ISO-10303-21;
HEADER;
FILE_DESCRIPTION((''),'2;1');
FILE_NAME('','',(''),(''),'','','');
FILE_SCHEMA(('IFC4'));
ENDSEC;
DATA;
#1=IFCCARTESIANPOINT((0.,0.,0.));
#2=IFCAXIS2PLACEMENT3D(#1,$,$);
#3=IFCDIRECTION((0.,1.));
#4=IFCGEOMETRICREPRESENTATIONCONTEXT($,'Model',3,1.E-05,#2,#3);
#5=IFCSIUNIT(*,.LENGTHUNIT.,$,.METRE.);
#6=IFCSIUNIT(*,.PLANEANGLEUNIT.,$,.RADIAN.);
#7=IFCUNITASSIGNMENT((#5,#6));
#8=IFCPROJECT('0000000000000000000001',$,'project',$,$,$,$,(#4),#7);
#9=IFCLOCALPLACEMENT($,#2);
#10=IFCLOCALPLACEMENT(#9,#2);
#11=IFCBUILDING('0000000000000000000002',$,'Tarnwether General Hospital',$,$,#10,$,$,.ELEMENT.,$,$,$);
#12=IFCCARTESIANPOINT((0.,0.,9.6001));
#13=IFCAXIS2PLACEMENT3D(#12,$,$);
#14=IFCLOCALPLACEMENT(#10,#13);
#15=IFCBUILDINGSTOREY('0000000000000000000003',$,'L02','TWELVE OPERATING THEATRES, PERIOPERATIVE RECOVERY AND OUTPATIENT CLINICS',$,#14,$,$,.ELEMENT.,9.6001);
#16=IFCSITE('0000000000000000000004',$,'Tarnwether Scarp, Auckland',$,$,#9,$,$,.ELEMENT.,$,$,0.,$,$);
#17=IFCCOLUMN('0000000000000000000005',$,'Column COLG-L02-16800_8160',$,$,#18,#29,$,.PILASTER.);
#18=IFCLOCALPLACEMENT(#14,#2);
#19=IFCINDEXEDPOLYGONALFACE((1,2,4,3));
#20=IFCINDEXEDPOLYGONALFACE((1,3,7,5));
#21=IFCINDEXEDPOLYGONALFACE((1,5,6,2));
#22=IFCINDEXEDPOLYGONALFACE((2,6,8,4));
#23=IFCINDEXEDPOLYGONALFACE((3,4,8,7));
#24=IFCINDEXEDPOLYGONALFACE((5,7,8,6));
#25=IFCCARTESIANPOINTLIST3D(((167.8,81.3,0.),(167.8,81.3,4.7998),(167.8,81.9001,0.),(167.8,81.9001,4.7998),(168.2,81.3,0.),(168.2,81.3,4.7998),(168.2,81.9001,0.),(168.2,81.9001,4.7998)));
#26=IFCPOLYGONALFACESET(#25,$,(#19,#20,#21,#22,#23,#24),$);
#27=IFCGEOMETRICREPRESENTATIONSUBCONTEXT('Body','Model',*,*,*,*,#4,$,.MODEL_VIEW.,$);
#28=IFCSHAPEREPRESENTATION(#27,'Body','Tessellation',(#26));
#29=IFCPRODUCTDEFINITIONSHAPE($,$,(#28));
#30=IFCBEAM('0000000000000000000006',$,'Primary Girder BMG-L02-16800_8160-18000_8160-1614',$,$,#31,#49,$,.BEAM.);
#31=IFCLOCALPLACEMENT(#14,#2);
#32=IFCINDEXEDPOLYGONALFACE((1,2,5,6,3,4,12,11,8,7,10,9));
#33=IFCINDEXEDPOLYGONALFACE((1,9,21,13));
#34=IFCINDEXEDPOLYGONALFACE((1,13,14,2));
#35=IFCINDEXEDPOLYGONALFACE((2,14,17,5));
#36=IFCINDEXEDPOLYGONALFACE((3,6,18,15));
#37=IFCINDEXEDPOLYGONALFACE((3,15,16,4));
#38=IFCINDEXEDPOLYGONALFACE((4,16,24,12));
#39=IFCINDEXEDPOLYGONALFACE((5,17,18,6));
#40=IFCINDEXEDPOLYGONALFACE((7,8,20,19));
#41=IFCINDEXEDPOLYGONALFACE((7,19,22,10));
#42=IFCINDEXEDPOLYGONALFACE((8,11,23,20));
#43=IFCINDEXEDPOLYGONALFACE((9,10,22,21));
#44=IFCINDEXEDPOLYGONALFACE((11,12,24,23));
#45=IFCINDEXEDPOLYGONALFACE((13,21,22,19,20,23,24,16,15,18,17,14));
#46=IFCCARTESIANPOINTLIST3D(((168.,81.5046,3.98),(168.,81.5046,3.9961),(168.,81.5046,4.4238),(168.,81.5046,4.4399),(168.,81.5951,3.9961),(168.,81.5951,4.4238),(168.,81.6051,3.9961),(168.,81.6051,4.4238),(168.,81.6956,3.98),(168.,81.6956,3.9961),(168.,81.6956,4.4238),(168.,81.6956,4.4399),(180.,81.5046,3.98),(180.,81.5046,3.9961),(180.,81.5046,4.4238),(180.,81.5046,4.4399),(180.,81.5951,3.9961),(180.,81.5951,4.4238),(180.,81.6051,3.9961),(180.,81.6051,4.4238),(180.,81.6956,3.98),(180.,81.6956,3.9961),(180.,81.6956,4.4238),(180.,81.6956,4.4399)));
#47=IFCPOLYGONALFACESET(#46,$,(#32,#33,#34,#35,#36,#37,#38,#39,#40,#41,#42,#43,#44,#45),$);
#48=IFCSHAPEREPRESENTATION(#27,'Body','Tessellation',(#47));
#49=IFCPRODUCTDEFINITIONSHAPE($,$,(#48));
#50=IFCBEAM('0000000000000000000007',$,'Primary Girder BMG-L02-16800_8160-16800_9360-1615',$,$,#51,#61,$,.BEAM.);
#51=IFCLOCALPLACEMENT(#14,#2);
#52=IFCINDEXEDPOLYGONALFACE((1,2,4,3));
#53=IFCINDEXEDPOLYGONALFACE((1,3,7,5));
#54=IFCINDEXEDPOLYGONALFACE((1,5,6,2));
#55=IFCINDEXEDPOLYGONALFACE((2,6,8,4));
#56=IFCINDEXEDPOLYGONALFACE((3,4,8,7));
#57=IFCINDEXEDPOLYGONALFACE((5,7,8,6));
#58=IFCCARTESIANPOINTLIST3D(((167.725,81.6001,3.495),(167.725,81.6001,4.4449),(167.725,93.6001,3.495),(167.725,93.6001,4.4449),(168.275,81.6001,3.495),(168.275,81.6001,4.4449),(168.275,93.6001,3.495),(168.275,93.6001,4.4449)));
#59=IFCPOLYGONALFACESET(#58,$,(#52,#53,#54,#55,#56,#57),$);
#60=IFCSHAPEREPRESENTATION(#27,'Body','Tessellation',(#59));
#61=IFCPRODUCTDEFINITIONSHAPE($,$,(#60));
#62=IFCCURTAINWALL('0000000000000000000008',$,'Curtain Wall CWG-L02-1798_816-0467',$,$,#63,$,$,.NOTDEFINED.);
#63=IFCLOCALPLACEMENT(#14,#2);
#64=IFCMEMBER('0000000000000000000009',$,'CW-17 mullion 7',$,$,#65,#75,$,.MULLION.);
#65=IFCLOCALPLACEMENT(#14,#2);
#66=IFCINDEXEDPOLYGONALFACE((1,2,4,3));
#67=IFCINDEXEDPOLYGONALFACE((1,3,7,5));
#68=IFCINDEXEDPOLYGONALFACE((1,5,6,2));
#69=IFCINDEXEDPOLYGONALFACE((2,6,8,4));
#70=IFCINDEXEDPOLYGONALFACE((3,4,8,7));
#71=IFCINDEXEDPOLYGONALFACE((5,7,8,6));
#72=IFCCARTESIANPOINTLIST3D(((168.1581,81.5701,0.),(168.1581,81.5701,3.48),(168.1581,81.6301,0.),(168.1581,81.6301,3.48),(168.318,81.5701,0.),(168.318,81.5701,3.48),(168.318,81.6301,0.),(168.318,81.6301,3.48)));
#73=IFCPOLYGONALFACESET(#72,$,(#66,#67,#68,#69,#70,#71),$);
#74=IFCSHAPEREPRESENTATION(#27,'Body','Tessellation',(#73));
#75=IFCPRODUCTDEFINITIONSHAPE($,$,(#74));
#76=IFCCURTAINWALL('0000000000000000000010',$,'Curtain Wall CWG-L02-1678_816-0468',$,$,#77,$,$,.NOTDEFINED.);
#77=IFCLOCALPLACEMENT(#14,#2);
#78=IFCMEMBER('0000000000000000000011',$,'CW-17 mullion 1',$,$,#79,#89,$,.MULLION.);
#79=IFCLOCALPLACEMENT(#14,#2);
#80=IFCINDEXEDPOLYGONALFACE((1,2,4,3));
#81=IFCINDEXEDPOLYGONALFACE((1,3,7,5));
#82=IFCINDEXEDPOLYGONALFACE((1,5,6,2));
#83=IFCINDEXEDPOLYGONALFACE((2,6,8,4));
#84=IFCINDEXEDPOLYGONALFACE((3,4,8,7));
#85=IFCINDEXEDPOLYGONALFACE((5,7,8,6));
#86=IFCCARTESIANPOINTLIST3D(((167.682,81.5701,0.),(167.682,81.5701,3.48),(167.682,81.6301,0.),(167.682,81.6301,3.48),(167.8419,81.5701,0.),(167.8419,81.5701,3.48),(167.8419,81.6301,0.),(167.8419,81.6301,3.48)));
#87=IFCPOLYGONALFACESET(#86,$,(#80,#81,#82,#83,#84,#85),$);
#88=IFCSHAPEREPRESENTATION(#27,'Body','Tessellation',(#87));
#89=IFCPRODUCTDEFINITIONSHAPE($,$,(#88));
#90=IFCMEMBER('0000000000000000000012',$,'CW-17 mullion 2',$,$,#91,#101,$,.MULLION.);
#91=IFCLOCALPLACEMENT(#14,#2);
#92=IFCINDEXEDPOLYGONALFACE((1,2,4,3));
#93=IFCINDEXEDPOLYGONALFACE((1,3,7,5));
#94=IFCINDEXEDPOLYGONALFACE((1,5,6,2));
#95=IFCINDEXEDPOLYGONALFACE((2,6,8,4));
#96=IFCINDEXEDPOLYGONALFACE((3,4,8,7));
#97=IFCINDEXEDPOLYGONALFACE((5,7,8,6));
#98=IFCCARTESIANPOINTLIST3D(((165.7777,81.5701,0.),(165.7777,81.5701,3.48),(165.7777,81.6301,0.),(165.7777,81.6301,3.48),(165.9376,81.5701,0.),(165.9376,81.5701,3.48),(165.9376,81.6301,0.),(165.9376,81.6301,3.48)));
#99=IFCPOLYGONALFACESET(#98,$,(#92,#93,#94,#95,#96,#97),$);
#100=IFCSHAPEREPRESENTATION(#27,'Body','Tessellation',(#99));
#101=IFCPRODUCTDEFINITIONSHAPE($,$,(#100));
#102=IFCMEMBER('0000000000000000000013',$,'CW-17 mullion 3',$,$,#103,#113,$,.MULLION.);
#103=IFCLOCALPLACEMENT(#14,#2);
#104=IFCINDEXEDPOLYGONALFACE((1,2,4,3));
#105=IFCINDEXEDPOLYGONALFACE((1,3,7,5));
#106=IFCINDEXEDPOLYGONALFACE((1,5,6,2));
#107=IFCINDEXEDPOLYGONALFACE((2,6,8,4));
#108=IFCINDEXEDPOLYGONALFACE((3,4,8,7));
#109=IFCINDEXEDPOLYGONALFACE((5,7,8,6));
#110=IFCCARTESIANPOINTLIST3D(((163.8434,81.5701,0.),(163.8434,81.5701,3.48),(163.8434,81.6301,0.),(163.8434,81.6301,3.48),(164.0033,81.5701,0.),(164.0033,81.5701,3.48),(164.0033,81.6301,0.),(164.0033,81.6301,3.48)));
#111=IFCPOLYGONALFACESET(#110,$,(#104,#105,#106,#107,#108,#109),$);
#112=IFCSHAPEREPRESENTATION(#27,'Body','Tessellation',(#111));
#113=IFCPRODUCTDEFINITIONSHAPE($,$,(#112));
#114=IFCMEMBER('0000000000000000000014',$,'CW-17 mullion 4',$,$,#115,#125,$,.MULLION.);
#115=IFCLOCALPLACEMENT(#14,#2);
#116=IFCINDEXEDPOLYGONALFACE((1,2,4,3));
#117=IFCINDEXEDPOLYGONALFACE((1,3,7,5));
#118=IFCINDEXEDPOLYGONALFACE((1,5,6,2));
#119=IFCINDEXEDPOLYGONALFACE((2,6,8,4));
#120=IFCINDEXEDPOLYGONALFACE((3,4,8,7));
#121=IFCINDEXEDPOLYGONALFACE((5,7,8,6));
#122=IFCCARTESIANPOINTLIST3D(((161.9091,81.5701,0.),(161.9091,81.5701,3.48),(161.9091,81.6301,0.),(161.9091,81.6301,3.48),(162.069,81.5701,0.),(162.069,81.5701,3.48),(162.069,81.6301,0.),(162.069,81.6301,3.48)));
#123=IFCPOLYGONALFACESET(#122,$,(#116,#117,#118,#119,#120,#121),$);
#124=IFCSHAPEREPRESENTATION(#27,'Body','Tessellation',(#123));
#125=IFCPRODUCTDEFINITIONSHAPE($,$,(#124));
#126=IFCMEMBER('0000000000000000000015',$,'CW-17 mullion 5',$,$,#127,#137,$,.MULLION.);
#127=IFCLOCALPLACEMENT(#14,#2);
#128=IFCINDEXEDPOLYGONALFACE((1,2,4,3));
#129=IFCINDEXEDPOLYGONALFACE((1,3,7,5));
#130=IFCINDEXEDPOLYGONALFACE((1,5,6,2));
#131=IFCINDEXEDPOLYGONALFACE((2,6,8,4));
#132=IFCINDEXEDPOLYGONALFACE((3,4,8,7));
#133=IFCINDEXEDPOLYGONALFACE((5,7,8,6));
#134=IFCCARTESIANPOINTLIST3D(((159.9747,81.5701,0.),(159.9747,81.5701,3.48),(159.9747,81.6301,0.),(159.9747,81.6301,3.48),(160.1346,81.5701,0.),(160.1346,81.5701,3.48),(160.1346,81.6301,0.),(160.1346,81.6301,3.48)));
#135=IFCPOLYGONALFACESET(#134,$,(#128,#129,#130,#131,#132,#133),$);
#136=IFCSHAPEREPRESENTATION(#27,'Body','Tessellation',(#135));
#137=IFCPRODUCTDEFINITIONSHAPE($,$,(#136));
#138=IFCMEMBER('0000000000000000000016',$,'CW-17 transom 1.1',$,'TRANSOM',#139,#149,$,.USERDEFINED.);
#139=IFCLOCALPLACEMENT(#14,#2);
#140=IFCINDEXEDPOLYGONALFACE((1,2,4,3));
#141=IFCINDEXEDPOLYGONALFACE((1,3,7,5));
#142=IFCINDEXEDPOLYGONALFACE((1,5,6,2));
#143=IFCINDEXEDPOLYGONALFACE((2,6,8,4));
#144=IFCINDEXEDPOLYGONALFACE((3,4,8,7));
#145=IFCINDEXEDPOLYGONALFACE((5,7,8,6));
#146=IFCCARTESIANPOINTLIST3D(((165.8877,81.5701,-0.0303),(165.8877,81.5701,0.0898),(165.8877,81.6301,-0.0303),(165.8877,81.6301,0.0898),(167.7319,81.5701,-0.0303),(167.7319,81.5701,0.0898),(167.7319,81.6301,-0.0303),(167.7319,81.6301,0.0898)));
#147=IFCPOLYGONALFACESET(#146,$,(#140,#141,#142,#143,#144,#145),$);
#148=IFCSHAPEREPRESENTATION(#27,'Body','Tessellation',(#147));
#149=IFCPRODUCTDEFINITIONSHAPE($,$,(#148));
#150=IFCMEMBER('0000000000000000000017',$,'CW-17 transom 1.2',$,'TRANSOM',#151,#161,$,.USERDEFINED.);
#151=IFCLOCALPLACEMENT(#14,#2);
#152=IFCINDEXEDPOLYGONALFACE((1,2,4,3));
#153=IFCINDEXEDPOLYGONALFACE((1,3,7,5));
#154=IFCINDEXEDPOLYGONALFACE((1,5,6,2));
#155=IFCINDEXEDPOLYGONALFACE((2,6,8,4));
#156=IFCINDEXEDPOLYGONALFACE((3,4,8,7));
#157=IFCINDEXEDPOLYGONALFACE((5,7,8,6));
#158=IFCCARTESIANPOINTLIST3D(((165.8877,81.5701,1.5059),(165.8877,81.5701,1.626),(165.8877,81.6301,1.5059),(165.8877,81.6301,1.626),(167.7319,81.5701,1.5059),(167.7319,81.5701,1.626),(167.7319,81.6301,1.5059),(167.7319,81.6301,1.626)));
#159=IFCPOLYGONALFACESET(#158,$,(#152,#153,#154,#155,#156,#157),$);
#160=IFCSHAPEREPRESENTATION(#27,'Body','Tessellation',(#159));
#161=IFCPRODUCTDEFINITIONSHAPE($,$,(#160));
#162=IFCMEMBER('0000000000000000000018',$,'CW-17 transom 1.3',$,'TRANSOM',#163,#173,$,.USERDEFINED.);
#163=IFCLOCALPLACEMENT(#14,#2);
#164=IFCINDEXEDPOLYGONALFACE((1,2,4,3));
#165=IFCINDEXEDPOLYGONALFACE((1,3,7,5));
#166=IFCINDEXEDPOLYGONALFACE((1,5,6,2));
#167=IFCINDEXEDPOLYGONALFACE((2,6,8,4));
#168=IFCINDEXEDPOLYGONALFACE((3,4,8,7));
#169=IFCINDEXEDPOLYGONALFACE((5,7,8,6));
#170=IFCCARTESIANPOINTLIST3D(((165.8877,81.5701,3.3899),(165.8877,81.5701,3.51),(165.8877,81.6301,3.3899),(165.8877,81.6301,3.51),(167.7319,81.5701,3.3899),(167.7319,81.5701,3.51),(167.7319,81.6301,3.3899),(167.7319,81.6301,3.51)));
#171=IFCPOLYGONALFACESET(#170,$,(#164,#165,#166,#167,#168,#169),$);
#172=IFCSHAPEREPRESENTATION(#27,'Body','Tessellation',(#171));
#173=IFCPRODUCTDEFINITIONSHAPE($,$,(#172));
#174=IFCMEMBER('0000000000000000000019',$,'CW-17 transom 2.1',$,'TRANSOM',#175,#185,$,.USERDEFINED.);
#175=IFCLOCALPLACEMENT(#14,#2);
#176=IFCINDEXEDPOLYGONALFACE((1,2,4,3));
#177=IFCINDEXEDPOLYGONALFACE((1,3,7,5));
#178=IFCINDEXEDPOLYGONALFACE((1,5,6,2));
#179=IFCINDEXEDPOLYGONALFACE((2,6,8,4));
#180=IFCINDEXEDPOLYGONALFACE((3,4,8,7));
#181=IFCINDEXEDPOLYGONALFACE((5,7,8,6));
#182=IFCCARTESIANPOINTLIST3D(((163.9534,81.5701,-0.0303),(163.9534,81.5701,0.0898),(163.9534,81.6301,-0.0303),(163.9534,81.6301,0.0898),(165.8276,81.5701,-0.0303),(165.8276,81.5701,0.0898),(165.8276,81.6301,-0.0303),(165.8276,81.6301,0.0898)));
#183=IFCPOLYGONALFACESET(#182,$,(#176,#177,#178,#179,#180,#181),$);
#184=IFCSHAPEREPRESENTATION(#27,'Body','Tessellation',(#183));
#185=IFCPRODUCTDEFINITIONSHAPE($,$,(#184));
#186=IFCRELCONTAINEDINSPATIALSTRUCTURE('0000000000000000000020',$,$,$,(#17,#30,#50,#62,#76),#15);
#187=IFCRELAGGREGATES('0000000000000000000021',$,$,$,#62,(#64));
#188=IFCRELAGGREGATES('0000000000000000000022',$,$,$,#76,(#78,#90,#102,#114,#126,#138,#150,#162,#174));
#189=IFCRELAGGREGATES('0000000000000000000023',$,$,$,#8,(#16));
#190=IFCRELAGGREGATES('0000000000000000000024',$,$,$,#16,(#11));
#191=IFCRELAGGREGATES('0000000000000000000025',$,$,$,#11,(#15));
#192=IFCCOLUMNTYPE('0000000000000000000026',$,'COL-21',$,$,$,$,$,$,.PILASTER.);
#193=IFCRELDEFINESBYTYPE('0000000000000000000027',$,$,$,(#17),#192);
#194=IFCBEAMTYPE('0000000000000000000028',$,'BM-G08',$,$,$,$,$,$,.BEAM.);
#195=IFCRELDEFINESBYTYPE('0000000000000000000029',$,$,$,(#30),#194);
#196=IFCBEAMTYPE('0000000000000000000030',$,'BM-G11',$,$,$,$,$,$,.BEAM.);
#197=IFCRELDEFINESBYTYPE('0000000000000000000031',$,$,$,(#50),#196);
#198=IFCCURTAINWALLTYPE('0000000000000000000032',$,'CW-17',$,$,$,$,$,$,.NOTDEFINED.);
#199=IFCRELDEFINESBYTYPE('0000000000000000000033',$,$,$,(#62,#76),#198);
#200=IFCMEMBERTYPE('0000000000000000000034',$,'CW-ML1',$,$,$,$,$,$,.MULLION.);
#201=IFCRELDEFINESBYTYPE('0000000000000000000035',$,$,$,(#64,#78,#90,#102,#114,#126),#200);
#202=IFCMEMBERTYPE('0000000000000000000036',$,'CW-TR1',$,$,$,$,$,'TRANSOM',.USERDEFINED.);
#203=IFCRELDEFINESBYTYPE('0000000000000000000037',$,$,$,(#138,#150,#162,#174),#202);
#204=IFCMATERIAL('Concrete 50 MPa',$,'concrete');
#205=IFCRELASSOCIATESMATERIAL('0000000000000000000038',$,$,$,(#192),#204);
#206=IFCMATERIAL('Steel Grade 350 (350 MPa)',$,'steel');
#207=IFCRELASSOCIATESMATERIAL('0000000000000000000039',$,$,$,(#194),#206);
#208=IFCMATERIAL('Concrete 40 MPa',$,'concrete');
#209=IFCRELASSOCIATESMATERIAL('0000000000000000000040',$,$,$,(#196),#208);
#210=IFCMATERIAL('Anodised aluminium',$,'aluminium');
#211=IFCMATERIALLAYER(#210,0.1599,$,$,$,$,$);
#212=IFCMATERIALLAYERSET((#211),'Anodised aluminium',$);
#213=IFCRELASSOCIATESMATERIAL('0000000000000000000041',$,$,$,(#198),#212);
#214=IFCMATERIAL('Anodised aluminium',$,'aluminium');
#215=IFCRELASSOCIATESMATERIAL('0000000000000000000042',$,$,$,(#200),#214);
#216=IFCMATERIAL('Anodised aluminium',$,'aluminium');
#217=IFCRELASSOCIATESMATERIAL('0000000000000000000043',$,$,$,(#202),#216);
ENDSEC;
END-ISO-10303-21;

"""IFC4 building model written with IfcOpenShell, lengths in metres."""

from ifc_helpers import new_model, si_unit, direction, frame, origin, origin_2d, place, context, subcontext, project, spatial, rectangle, i_section, extrude, material, layer, layer_set, material_profile, profile_set, type_object, element, aggregate, save


model = new_model("IFC4")

# Units and contexts
model_context = context("Model", 3, precision=1e-05, world=origin(), true_north=direction((0.0, 1.0)))
body_context = subcontext(model_context, "Body", "Model", "MODEL_VIEW")
ifc_project = project(units=[si_unit("LENGTHUNIT", "METRE"), si_unit("PLANEANGLEUNIT", "RADIAN")], contexts=[model_context])

# Site, building, storey
site_placement = place(None, origin())
site = spatial("IfcSite", under=ifc_project, at=site_placement, Name="Tarnwether Scarp, Auckland", CompositionType="ELEMENT", RefElevation=0.0)
building_placement = place(site_placement, origin())
building = spatial("IfcBuilding", under=site, at=building_placement, Name="Tarnwether General Hospital", CompositionType="ELEMENT")
storey_placement = place(building_placement, frame((0.0, 0.0, 9.6001)))
storey = spatial("IfcBuildingStorey", under=building, at=storey_placement, Name="L02", Description="TWELVE OPERATING THEATRES, PERIOPERATIVE RECOVERY AND OUTPATIENT CLINICS", CompositionType="ELEMENT", Elevation=9.6001)

# Column
ifc_material_1 = material(Name="Concrete 50 MPa", Category="concrete")
ifc_material_profile_1 = material_profile(ifc_material_1, rectangle(XDim=0.3999, YDim=0.6001, at=origin_2d()), Name="RC-PIL-400x600")
ifc_profile_set_1 = profile_set([ifc_material_profile_1], Name="Concrete 50 MPa")
column_type = type_object("IfcColumnType", Name="COL-21", PredefinedType="PILASTER", material=ifc_profile_set_1)
column_placement = place(storey_placement, frame((168.0, 81.6001, 0.0), z_axis=(0.0, 0.0, 1.0), x_axis=(1.0, 0.0, 0.0)))
element("IfcColumn", 1, at=column_placement, inside=storey, type_object=column_type, Name="Column COLG-L02-16800_8160", PredefinedType="PILASTER", context=body_context, shape_type="SweptSolid", body=[
    extrude(rectangle(XDim=0.3999, YDim=0.6001, at=origin_2d()), origin(), (0.0, 0.0, 1.0), 4.7998),
])

# Beams
ifc_material_2 = material(Name="Steel Grade 350 (350 MPa)", Category="steel")
ifc_material_profile_2 = material_profile(ifc_material_2, i_section(OverallWidth=0.1909, OverallDepth=0.46, WebThickness=0.01, FlangeThickness=0.0161, at=origin_2d()), Name="460UB82.1")
ifc_profile_set_2 = profile_set([ifc_material_profile_2], Name="Steel Grade 350 (350 MPa)")
beam_type_1 = type_object("IfcBeamType", Name="BM-G08", PredefinedType="BEAM", material=ifc_profile_set_2)
beam_1_placement = place(storey_placement, frame((168.0, 81.6001, 4.21), z_axis=(1.0, 0.0, 0.0), x_axis=(0.0, 1.0, 0.0)))
element("IfcBeam", 2, at=beam_1_placement, inside=storey, type_object=beam_type_1, Name="Primary Girder BMG-L02-16800_8160-18000_8160-1614", PredefinedType="BEAM", context=body_context, shape_type="SweptSolid", body=[
    extrude(i_section(OverallWidth=0.1909, OverallDepth=0.46, WebThickness=0.01, FlangeThickness=0.0161, at=origin_2d()), origin(), (0.0, 0.0, 1.0), 12.0),
])
ifc_material_3 = material(Name="Concrete 40 MPa", Category="concrete")
ifc_material_profile_3 = material_profile(ifc_material_3, rectangle(XDim=0.55, YDim=0.95, at=origin_2d()), Name="RC-BM-550x950")
ifc_profile_set_3 = profile_set([ifc_material_profile_3], Name="Concrete 40 MPa")
beam_type_2 = type_object("IfcBeamType", Name="BM-G11", PredefinedType="BEAM", material=ifc_profile_set_3)
beam_2_placement = place(storey_placement, frame((168.0, 81.6001, 3.97), z_axis=(0.0, 1.0, 0.0), x_axis=(-1.0, 0.0, 0.0)))
element("IfcBeam", 3, at=beam_2_placement, inside=storey, type_object=beam_type_2, Name="Primary Girder BMG-L02-16800_8160-16800_9360-1615", PredefinedType="BEAM", context=body_context, shape_type="SweptSolid", body=[
    extrude(rectangle(XDim=0.55, YDim=0.95, at=origin_2d()), origin(), (0.0, 0.0, 1.0), 12.0),
])

# Curtain wall, member
ifc_material_4 = material(Name="Anodised aluminium", Category="aluminium")
ifc_layer_1 = layer(ifc_material_4, 0.1599)
ifc_layer_set_1 = layer_set([ifc_layer_1], Name="Anodised aluminium")
curtain_wall_type = type_object("IfcCurtainWallType", Name="CW-17", PredefinedType="NOTDEFINED", material=ifc_layer_set_1)
curtain_wall_1_placement = place(storey_placement, origin())
curtain_wall_1 = element("IfcCurtainWall", 4, at=curtain_wall_1_placement, inside=storey, type_object=curtain_wall_type, Name="Curtain Wall CWG-L02-1798_816-0467", PredefinedType="NOTDEFINED")
ifc_material_5 = material(Name="Anodised aluminium", Category="aluminium")
ifc_material_profile_4 = material_profile(ifc_material_5, rectangle(XDim=0.0601, YDim=0.1599, at=origin_2d()), Name="ALU-MUL-60x160")
ifc_profile_set_4 = profile_set([ifc_material_profile_4], Name="Anodised aluminium")
member_type_1 = type_object("IfcMemberType", Name="CW-ML1", PredefinedType="MULLION", material=ifc_profile_set_4)
member_1_placement = place(storey_placement, frame((168.238, 81.6001, 0.0), z_axis=(0.0, 0.0, 1.0), x_axis=(0.0, -1.0, 0.0)))
member_1 = element("IfcMember", 5, at=member_1_placement, type_object=member_type_1, Name="CW-17 mullion 7", PredefinedType="MULLION", context=body_context, shape_type="SweptSolid", body=[
    extrude(rectangle(XDim=0.0601, YDim=0.1599, at=origin_2d()), origin(), (0.0, 0.0, 1.0), 3.48),
])
aggregate(curtain_wall_1, [member_1])

# Curtain wall, members
curtain_wall_2_placement = place(storey_placement, origin())
curtain_wall_2 = element("IfcCurtainWall", 6, at=curtain_wall_2_placement, inside=storey, type_object=curtain_wall_type, Name="Curtain Wall CWG-L02-1678_816-0468", PredefinedType="NOTDEFINED")
member_2_placement = place(storey_placement, frame((167.762, 81.6001, 0.0), z_axis=(0.0, 0.0, 1.0), x_axis=(0.0, -1.0, 0.0)))
member_2 = element("IfcMember", 7, at=member_2_placement, type_object=member_type_1, Name="CW-17 mullion 1", PredefinedType="MULLION", context=body_context, shape_type="SweptSolid", body=[
    extrude(rectangle(XDim=0.0601, YDim=0.1599, at=origin_2d()), origin(), (0.0, 0.0, 1.0), 3.48),
])
member_3_placement = place(storey_placement, frame((165.8577, 81.6001, 0.0), z_axis=(0.0, 0.0, 1.0), x_axis=(0.0, -1.0, 0.0)))
member_3 = element("IfcMember", 8, at=member_3_placement, type_object=member_type_1, Name="CW-17 mullion 2", PredefinedType="MULLION", context=body_context, shape_type="SweptSolid", body=[
    extrude(rectangle(XDim=0.0601, YDim=0.1599, at=origin_2d()), origin(), (0.0, 0.0, 1.0), 3.48),
])
member_4_placement = place(storey_placement, frame((163.9233, 81.6001, 0.0), z_axis=(0.0, 0.0, 1.0), x_axis=(0.0, -1.0, 0.0)))
member_4 = element("IfcMember", 9, at=member_4_placement, type_object=member_type_1, Name="CW-17 mullion 3", PredefinedType="MULLION", context=body_context, shape_type="SweptSolid", body=[
    extrude(rectangle(XDim=0.0601, YDim=0.1599, at=origin_2d()), origin(), (0.0, 0.0, 1.0), 3.48),
])
member_5_placement = place(storey_placement, frame((161.989, 81.6001, 0.0), z_axis=(0.0, 0.0, 1.0), x_axis=(0.0, -1.0, 0.0)))
member_5 = element("IfcMember", 10, at=member_5_placement, type_object=member_type_1, Name="CW-17 mullion 4", PredefinedType="MULLION", context=body_context, shape_type="SweptSolid", body=[
    extrude(rectangle(XDim=0.0601, YDim=0.1599, at=origin_2d()), origin(), (0.0, 0.0, 1.0), 3.48),
])
member_6_placement = place(storey_placement, frame((160.0547, 81.6001, 0.0), z_axis=(0.0, 0.0, 1.0), x_axis=(0.0, -1.0, 0.0)))
member_6 = element("IfcMember", 11, at=member_6_placement, type_object=member_type_1, Name="CW-17 mullion 5", PredefinedType="MULLION", context=body_context, shape_type="SweptSolid", body=[
    extrude(rectangle(XDim=0.0601, YDim=0.1599, at=origin_2d()), origin(), (0.0, 0.0, 1.0), 3.48),
])
ifc_material_6 = material(Name="Anodised aluminium", Category="aluminium")
ifc_material_profile_5 = material_profile(ifc_material_6, rectangle(XDim=0.0601, YDim=0.1201, at=origin_2d()), Name="ALU-TRN-60x120")
ifc_profile_set_5 = profile_set([ifc_material_profile_5], Name="Anodised aluminium")
member_type_2 = type_object("IfcMemberType", Name="CW-TR1", ElementType="TRANSOM", PredefinedType="USERDEFINED", material=ifc_profile_set_5)
member_7_placement = place(storey_placement, frame((167.7319, 81.6001, 0.0298), z_axis=(-1.0, 0.0, 0.0), x_axis=(0.0, -1.0, 0.0)))
member_7 = element("IfcMember", 12, at=member_7_placement, type_object=member_type_2, Name="CW-17 transom 1.1", ObjectType="TRANSOM", PredefinedType="USERDEFINED", context=body_context, shape_type="SweptSolid", body=[
    extrude(rectangle(XDim=0.0601, YDim=0.1201, at=origin_2d()), origin(), (0.0, 0.0, 1.0), 1.8442),
])
member_8_placement = place(storey_placement, frame((167.7319, 81.6001, 1.5659), z_axis=(-1.0, 0.0, 0.0), x_axis=(0.0, -1.0, 0.0)))
member_8 = element("IfcMember", 13, at=member_8_placement, type_object=member_type_2, Name="CW-17 transom 1.2", ObjectType="TRANSOM", PredefinedType="USERDEFINED", context=body_context, shape_type="SweptSolid", body=[
    extrude(rectangle(XDim=0.0601, YDim=0.1201, at=origin_2d()), origin(), (0.0, 0.0, 1.0), 1.8442),
])
member_9_placement = place(storey_placement, frame((167.7319, 81.6001, 3.45), z_axis=(-1.0, 0.0, 0.0), x_axis=(0.0, -1.0, 0.0)))
member_9 = element("IfcMember", 14, at=member_9_placement, type_object=member_type_2, Name="CW-17 transom 1.3", ObjectType="TRANSOM", PredefinedType="USERDEFINED", context=body_context, shape_type="SweptSolid", body=[
    extrude(rectangle(XDim=0.0601, YDim=0.1201, at=origin_2d()), origin(), (0.0, 0.0, 1.0), 1.8442),
])
member_10_placement = place(storey_placement, frame((165.8276, 81.6001, 0.0298), z_axis=(-1.0, 0.0, 0.0), x_axis=(0.0, -1.0, 0.0)))
member_10 = element("IfcMember", 15, at=member_10_placement, type_object=member_type_2, Name="CW-17 transom 2.1", ObjectType="TRANSOM", PredefinedType="USERDEFINED", context=body_context, shape_type="SweptSolid", body=[
    extrude(rectangle(XDim=0.0601, YDim=0.1201, at=origin_2d()), origin(), (0.0, 0.0, 1.0), 1.8743),
])
aggregate(curtain_wall_2, [member_2, member_3, member_4, member_5, member_6, member_7, member_8, member_9, member_10])

save(model, "model.ifc")
